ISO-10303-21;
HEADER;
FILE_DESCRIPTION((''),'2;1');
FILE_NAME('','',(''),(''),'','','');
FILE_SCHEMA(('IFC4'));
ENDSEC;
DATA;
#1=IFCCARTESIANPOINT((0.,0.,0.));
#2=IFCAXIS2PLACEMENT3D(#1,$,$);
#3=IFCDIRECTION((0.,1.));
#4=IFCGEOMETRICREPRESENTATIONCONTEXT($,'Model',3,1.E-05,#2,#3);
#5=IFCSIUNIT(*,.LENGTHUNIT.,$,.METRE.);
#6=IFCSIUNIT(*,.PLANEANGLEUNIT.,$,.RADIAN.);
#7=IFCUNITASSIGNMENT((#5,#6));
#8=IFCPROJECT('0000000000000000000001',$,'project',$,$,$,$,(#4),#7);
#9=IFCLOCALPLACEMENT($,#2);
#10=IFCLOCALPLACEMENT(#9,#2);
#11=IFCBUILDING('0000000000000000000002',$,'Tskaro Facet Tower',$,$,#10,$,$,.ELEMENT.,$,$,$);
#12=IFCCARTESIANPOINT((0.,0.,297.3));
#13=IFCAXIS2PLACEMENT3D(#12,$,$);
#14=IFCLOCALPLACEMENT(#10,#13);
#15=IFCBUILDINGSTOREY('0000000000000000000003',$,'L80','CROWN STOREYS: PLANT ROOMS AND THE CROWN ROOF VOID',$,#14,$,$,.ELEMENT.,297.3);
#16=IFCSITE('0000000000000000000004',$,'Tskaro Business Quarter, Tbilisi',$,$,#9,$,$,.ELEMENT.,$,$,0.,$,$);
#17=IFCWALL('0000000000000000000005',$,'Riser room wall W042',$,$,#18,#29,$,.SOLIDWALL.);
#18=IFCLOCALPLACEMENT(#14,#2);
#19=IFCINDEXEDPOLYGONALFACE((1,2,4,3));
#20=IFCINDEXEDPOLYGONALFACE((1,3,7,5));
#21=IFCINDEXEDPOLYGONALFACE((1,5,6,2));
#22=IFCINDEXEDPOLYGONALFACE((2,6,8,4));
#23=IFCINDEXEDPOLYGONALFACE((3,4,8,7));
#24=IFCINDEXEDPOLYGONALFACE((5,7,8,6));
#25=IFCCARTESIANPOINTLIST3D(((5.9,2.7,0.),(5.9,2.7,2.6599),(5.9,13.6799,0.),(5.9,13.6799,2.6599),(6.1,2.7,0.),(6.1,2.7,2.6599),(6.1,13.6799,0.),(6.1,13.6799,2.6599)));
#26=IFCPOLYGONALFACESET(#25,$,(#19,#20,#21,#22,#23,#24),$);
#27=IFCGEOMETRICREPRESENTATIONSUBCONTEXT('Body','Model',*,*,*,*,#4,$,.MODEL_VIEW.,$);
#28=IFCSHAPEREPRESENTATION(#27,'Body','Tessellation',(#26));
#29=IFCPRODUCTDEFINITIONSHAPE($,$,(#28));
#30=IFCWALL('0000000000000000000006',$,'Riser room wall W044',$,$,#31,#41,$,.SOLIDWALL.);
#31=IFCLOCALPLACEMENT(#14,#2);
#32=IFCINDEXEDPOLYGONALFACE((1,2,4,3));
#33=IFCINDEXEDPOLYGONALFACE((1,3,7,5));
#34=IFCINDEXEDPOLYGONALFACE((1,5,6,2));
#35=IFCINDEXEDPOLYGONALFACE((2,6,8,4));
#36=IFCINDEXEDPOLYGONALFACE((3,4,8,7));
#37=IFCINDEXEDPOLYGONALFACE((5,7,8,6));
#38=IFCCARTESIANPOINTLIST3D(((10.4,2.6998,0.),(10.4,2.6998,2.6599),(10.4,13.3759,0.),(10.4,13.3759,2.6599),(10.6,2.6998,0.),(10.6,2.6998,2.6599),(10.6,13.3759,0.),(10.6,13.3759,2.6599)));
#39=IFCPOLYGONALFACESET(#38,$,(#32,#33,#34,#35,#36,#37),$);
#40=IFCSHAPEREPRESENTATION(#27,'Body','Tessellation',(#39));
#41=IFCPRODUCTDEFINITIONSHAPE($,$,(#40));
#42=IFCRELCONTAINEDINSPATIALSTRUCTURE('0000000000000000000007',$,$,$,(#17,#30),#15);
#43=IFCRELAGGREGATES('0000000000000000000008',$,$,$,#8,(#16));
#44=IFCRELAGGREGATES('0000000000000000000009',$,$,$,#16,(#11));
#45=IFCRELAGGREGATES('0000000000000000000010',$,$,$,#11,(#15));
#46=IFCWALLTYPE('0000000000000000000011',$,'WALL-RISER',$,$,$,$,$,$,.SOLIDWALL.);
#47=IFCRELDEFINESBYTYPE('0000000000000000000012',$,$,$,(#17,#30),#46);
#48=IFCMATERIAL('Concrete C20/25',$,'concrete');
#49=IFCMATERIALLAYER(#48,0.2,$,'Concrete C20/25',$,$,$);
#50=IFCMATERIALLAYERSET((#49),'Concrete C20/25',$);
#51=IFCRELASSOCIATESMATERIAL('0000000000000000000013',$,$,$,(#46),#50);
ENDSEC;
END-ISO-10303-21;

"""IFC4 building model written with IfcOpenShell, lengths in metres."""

from ifc_helpers import new_model, si_unit, direction, frame, frame_2d, origin, place, context, subcontext, project, spatial, rectangle, extrude, material, layer, layer_set, type_object, element, save


model = new_model("IFC4")

# Units and contexts
model_context = context("Model", 3, precision=1e-05, world=origin(), true_north=direction((0.0, 1.0)))
body_context = subcontext(model_context, "Body", "Model", "MODEL_VIEW")
ifc_project = project(units=[si_unit("LENGTHUNIT", "METRE"), si_unit("PLANEANGLEUNIT", "RADIAN")], contexts=[model_context])

# Site, building, storey
site_placement = place(None, origin())
site = spatial("IfcSite", under=ifc_project, at=site_placement, Name="Tskaro Business Quarter, Tbilisi", CompositionType="ELEMENT", RefElevation=0.0)
building_placement = place(site_placement, origin())
building = spatial("IfcBuilding", under=site, at=building_placement, Name="Tskaro Facet Tower", CompositionType="ELEMENT")
storey_placement = place(building_placement, frame((0.0, 0.0, 297.3)))
storey = spatial("IfcBuildingStorey", under=building, at=storey_placement, Name="L80", Description="CROWN STOREYS: PLANT ROOMS AND THE CROWN ROOF VOID", CompositionType="ELEMENT", Elevation=297.3)

# Walls
ifc_material_1 = material(Name="Concrete C20/25", Category="concrete")
ifc_layer_1 = layer(ifc_material_1, 0.2, Name="Concrete C20/25")
ifc_layer_set_1 = layer_set([ifc_layer_1], Name="Concrete C20/25")
wall_type = type_object("IfcWallType", Name="WALL-RISER", PredefinedType="SOLIDWALL", material=ifc_layer_set_1)
for number, where, z_axis, x_axis, name in (
    (1, (6.0, 2.7, 0.0), (0.0, 0.0, 1.0), (0.0, 1.0, 0.0), "Riser room wall W042"),
):
    element("IfcWall", number, at=place(storey_placement, frame(where, z_axis=z_axis, x_axis=x_axis)), inside=storey, type_object=wall_type, Name=name, PredefinedType="SOLIDWALL", context=body_context, shape_type="SweptSolid", body=[
        extrude(rectangle(XDim=10.98, YDim=0.2, at=frame_2d((5.49, 0.0))), origin(), (0.0, 0.0, 1.0), 2.6599),
    ])
wall_placement = place(storey_placement, frame((10.5, 2.7, 0.0), z_axis=(0.0, 0.0, 1.0), x_axis=(0.0, 1.0, 0.0)))
element("IfcWall", 2, at=wall_placement, inside=storey, type_object=wall_type, Name="Riser room wall W044", PredefinedType="SOLIDWALL", context=body_context, shape_type="SweptSolid", body=[
    extrude(rectangle(XDim=10.676, YDim=0.2, at=frame_2d((5.3379, 0.0))), origin(), (0.0, 0.0, 1.0), 2.6599),
])

save(model, "model.ifc")
